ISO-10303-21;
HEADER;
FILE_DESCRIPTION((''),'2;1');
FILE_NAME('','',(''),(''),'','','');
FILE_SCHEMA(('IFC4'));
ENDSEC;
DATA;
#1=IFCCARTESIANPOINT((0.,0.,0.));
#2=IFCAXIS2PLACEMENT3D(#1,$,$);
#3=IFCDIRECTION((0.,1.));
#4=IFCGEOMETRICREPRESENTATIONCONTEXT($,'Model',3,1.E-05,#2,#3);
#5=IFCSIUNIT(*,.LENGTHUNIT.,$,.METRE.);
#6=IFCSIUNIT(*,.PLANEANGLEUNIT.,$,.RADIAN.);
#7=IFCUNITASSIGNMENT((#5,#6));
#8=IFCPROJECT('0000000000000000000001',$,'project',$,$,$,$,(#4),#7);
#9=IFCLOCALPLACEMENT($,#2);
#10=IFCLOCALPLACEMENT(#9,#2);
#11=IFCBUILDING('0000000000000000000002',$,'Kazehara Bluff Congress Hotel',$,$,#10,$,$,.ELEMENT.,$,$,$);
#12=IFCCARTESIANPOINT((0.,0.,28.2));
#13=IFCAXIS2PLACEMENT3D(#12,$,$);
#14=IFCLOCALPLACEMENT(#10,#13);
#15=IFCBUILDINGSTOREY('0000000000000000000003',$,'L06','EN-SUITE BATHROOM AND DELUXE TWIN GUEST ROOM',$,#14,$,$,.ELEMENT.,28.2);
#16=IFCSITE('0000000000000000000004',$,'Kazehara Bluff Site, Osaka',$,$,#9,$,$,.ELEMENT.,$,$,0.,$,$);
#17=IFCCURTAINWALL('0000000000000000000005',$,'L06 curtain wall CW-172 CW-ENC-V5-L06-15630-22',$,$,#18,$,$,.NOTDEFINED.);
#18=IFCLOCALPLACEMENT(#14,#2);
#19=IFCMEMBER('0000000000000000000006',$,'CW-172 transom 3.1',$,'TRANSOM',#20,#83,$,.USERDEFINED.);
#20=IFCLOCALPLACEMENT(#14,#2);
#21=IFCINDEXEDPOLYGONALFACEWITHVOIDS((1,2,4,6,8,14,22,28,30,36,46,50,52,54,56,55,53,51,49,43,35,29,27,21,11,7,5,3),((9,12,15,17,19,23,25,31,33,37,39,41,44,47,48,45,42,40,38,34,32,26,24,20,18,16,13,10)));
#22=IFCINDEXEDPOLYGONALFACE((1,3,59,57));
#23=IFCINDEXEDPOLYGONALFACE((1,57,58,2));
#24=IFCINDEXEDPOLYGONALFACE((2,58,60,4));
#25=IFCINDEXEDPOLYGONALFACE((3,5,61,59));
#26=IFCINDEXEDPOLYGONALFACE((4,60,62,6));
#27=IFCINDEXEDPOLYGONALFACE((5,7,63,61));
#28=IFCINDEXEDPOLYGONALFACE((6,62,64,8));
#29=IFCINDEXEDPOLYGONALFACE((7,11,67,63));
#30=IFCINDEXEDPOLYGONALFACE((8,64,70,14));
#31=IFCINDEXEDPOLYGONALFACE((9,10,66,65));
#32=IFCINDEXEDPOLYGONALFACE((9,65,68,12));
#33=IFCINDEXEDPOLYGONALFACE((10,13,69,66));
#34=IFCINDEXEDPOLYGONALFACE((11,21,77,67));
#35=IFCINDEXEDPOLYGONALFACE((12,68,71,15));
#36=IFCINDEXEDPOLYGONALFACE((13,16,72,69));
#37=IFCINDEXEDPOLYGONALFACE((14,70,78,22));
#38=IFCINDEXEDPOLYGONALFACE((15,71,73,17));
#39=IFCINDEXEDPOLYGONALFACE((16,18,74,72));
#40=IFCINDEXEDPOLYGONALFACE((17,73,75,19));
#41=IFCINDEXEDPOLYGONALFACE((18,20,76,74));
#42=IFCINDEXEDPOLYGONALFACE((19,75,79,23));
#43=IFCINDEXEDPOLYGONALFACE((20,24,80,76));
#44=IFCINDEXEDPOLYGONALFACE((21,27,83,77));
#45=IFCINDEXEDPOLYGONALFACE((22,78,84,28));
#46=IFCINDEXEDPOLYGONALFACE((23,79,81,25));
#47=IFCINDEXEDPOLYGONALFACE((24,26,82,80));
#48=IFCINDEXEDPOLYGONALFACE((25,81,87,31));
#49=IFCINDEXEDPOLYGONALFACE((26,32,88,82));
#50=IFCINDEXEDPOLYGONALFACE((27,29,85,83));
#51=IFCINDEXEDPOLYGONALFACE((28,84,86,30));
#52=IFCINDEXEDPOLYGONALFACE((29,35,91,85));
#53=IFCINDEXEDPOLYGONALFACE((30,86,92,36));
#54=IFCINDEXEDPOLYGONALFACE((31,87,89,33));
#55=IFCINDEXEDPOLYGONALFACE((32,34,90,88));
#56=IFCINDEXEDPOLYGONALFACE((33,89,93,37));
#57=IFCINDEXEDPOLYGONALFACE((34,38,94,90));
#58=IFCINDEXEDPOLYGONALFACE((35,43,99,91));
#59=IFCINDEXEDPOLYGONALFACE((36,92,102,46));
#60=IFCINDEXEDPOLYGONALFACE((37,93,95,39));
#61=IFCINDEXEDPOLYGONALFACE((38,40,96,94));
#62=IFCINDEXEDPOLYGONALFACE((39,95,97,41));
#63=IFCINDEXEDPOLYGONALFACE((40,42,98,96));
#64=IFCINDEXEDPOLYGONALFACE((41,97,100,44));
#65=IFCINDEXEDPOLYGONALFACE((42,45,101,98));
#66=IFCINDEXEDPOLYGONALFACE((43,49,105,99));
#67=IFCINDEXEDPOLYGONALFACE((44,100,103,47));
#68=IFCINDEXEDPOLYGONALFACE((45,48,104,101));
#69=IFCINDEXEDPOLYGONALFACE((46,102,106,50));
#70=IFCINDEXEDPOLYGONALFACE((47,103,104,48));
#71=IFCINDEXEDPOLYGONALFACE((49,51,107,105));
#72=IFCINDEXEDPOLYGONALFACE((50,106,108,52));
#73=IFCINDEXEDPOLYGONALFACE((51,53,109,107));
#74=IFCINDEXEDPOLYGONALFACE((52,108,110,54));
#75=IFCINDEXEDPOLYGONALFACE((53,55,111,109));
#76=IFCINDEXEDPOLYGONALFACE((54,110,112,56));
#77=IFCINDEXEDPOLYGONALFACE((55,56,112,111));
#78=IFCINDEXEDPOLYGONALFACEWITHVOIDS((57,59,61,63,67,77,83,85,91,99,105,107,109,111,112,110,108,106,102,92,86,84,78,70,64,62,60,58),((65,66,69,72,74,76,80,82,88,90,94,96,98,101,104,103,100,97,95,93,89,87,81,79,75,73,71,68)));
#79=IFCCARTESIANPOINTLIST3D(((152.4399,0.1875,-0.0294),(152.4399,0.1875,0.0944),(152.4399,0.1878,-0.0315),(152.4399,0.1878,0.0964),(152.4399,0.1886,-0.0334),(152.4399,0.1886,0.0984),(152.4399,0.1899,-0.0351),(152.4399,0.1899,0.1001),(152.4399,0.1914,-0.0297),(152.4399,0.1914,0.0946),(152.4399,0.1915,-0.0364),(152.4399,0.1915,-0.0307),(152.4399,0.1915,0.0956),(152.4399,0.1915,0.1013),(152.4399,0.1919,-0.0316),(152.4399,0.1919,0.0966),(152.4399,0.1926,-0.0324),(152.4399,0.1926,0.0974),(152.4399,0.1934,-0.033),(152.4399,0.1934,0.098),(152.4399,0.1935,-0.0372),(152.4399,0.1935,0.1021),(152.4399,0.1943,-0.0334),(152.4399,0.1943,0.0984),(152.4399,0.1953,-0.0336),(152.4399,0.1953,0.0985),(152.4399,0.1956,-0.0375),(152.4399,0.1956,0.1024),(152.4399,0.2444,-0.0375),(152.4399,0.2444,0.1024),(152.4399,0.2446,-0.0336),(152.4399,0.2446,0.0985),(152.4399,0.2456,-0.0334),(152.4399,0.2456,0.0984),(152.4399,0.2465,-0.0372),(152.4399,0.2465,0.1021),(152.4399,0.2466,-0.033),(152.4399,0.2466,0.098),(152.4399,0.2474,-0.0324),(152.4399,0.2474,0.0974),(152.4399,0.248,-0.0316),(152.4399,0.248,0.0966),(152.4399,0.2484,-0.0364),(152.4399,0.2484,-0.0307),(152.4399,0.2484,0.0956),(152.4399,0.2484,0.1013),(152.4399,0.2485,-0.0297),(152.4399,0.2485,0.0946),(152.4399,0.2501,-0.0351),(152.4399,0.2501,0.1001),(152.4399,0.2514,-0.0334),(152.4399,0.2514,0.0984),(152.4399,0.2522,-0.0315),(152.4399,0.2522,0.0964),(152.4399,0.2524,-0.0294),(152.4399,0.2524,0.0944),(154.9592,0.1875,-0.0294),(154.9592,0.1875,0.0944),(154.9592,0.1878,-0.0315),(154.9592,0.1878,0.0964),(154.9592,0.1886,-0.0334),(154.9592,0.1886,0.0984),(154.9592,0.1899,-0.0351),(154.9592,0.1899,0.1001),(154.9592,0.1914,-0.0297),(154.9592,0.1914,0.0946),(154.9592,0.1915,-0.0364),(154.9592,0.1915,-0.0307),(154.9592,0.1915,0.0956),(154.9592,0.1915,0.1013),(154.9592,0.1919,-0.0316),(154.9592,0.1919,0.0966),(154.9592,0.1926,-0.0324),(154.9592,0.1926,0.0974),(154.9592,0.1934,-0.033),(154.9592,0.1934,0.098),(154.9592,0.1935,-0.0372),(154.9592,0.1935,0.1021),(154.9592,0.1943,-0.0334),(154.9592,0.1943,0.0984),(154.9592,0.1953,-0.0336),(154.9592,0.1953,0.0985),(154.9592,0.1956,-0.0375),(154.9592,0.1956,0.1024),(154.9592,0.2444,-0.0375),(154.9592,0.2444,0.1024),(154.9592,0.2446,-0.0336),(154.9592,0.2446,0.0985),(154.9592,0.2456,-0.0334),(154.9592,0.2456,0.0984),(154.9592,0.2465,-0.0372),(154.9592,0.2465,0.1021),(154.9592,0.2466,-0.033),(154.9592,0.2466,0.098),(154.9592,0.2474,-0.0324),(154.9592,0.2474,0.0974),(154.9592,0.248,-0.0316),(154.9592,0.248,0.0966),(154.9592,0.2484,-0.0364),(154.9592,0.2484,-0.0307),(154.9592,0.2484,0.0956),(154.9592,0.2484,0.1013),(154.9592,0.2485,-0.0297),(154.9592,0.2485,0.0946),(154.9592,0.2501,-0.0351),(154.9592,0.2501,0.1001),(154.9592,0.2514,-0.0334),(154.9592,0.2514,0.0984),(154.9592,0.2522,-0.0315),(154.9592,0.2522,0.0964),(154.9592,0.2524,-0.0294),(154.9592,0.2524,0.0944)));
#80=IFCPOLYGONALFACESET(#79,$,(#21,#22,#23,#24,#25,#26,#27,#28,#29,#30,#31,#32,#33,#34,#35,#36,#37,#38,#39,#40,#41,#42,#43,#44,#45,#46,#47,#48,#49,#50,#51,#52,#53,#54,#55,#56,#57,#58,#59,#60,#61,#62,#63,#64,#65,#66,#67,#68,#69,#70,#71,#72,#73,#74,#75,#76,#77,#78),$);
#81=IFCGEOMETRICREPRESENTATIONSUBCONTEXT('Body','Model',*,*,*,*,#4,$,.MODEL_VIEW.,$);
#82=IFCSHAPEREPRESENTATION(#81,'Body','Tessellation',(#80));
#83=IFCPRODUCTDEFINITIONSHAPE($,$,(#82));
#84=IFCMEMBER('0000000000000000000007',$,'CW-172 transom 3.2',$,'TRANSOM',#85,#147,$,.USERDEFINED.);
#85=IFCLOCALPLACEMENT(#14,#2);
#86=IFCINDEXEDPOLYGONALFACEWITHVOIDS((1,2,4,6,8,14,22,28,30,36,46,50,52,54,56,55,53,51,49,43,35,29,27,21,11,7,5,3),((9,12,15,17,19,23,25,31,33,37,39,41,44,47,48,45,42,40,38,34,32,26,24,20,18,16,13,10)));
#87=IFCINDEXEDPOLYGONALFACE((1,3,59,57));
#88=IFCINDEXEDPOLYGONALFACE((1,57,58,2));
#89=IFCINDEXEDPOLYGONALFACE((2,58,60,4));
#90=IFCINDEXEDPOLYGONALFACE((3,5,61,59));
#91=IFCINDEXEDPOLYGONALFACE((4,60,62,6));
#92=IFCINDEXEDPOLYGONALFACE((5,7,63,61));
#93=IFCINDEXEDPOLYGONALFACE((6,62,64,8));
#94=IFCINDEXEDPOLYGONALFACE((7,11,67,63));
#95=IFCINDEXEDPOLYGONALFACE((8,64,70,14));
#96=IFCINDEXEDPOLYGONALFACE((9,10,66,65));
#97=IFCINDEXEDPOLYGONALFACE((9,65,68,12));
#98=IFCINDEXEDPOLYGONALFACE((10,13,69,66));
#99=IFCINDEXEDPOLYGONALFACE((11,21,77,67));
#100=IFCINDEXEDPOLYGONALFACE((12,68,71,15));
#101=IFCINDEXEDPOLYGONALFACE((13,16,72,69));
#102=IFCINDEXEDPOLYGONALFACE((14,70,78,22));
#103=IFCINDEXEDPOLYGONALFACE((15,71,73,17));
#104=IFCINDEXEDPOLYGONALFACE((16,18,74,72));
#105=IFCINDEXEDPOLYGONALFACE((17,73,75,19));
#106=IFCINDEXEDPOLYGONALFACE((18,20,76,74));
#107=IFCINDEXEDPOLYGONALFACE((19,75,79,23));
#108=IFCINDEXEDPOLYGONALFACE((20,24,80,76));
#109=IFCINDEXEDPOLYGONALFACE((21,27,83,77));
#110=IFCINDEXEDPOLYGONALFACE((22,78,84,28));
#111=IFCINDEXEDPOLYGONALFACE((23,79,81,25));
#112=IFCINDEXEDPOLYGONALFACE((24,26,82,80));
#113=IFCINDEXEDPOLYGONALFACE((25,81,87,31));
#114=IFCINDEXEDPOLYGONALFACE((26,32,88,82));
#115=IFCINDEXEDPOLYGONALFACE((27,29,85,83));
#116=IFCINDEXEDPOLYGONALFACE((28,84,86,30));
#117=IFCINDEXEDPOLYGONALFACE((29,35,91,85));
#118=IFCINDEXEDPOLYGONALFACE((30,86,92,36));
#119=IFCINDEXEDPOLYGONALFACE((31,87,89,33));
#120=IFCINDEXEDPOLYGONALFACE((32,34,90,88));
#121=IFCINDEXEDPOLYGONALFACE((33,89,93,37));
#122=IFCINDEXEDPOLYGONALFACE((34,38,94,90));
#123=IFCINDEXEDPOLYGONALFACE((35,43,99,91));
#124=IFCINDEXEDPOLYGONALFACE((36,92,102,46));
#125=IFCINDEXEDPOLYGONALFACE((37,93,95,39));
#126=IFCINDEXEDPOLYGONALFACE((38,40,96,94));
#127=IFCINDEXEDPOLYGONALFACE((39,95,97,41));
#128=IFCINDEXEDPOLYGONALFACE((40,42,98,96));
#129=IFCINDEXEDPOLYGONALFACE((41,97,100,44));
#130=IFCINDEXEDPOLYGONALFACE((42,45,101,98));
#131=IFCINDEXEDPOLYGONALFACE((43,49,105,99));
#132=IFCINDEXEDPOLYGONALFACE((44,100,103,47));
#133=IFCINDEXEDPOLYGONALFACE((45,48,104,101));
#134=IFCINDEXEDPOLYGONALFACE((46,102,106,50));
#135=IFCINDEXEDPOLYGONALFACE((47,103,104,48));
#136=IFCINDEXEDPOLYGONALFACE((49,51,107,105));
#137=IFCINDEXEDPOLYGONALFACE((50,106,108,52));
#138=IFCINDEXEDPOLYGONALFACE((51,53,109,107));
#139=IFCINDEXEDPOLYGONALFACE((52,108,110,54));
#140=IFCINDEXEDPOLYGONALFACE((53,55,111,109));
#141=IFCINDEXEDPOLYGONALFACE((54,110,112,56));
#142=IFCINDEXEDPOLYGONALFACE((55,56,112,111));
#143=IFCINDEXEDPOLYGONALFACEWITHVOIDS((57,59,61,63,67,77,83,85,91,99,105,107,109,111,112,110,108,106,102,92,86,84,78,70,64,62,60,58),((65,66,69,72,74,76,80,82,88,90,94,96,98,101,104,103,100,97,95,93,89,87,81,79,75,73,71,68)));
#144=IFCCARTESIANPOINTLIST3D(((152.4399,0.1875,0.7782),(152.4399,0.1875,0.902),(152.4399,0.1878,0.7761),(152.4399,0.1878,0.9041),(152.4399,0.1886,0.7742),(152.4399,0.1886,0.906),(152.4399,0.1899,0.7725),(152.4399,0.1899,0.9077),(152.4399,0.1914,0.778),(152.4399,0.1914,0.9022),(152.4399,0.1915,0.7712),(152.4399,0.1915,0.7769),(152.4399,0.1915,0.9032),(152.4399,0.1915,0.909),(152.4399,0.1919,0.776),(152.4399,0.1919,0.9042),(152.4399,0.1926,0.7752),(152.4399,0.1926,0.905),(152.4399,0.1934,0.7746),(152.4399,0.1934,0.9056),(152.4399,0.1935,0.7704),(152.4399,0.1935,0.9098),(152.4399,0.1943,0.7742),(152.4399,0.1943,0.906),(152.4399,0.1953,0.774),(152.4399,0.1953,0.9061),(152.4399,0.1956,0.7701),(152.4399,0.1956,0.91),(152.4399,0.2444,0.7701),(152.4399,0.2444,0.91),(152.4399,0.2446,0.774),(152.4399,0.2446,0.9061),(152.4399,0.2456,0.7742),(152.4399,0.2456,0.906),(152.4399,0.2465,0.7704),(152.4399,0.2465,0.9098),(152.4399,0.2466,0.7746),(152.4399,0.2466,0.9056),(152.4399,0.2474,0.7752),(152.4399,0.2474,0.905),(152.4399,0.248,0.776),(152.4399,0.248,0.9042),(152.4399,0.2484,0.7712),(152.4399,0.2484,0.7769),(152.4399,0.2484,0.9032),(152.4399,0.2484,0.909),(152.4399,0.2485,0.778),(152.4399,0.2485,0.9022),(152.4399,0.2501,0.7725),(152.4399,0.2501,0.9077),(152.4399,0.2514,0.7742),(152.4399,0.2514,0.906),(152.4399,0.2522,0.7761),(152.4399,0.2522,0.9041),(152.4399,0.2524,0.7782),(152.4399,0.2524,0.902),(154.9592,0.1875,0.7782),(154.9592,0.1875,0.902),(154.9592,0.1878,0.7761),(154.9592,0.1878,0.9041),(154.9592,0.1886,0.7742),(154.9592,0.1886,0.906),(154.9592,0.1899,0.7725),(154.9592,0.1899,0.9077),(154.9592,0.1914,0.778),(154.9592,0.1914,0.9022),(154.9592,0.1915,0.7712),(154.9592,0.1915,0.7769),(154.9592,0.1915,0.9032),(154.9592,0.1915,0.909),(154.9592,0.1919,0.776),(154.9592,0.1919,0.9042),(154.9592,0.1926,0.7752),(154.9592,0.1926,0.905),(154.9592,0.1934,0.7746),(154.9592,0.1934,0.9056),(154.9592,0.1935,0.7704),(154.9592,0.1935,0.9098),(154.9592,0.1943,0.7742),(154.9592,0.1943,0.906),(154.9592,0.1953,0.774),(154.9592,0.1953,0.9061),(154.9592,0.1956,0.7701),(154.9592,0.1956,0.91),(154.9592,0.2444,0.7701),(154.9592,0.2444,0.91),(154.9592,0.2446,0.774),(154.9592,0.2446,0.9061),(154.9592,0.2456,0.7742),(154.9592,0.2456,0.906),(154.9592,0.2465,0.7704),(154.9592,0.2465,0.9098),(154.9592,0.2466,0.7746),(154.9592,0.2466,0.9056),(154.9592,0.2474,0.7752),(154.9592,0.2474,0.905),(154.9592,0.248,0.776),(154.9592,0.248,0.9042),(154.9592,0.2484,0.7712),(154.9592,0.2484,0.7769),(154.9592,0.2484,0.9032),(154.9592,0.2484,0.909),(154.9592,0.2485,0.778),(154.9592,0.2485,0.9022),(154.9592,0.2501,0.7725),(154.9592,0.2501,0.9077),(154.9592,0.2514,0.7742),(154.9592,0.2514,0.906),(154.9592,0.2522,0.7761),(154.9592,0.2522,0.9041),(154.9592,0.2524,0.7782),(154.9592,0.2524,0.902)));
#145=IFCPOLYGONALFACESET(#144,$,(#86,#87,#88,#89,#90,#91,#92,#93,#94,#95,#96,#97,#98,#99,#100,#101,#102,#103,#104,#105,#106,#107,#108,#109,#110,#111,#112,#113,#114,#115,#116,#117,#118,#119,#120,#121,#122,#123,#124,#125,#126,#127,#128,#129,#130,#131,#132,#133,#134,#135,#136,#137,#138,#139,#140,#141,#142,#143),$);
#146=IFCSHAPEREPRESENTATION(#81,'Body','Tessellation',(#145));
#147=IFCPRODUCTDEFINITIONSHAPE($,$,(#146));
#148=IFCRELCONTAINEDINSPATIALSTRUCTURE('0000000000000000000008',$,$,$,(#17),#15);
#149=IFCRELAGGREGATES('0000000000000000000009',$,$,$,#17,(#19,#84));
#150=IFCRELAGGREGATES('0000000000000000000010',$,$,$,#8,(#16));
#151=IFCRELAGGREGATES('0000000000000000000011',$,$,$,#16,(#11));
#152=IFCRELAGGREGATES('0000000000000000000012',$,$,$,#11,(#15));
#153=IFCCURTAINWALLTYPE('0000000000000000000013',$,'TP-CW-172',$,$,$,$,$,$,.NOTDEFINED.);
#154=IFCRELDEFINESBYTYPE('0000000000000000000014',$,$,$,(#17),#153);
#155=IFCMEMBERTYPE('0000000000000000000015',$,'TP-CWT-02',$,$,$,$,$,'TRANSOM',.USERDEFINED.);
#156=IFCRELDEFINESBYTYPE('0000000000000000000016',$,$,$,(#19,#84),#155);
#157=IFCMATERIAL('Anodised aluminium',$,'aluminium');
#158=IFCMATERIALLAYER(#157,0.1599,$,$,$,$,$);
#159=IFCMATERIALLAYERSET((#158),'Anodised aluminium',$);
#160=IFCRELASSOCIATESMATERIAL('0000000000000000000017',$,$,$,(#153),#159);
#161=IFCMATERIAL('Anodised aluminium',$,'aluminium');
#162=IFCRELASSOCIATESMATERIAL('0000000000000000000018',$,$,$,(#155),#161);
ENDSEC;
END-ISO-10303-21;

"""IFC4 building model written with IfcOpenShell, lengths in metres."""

from ifc_helpers import new_model, si_unit, direction, frame, origin, origin_2d, place, context, subcontext, project, spatial, hollow_rectangle, extrude, material, layer, layer_set, material_profile, profile_set, type_object, element, aggregate, save


model = new_model("IFC4")

# Units and contexts
model_context = context("Model", 3, precision=1e-05, world=origin(), true_north=direction((0.0, 1.0)))
body_context = subcontext(model_context, "Body", "Model", "MODEL_VIEW")
ifc_project = project(units=[si_unit("LENGTHUNIT", "METRE"), si_unit("PLANEANGLEUNIT", "RADIAN")], contexts=[model_context])

# Site, building, storey
site_placement = place(None, origin())
site = spatial("IfcSite", under=ifc_project, at=site_placement, Name="Kazehara Bluff Site, Osaka", CompositionType="ELEMENT", RefElevation=0.0)
building_placement = place(site_placement, origin())
building = spatial("IfcBuilding", under=site, at=building_placement, Name="Kazehara Bluff Congress Hotel", CompositionType="ELEMENT")
storey_placement = place(building_placement, frame((0.0, 0.0, 28.2)))
storey = spatial("IfcBuildingStorey", under=building, at=storey_placement, Name="L06", Description="EN-SUITE BATHROOM AND DELUXE TWIN GUEST ROOM", CompositionType="ELEMENT", Elevation=28.2)

# Curtain wall, members
ifc_material_1 = material(Name="Anodised aluminium", Category="aluminium")
ifc_layer_1 = layer(ifc_material_1, 0.1599)
ifc_layer_set_1 = layer_set([ifc_layer_1], Name="Anodised aluminium")
curtain_wall_type = type_object("IfcCurtainWallType", Name="TP-CW-172", PredefinedType="NOTDEFINED", material=ifc_layer_set_1)
curtain_wall_placement = place(storey_placement, origin())
curtain_wall = element("IfcCurtainWall", 1, at=curtain_wall_placement, inside=storey, type_object=curtain_wall_type, Name="L06 curtain wall CW-172 CW-ENC-V5-L06-15630-22", PredefinedType="NOTDEFINED")
ifc_material_2 = material(Name="Anodised aluminium", Category="aluminium")
ifc_material_profile_1 = material_profile(ifc_material_2, hollow_rectangle(XDim=0.0649, YDim=0.1399, WallThickness=0.0039, InnerFilletRadius=0.0039, OuterFilletRadius=0.0081, at=origin_2d()))
ifc_profile_set_1 = profile_set([ifc_material_profile_1], Name="Anodised aluminium")
member_type_1 = type_object("IfcMemberType", Name="TP-CWT-02", ElementType="TRANSOM", PredefinedType="USERDEFINED", material=ifc_profile_set_1)
member_1_placement = place(storey_placement, frame((154.9592, 0.22, 0.0325), z_axis=(-1.0, 0.0, 0.0), x_axis=(0.0, -1.0, 0.0)))
member_1 = element("IfcMember", 2, at=member_1_placement, type_object=member_type_1, Name="CW-172 transom 3.1", ObjectType="TRANSOM", PredefinedType="USERDEFINED", context=body_context, shape_type="SweptSolid", body=[
    extrude(hollow_rectangle(XDim=0.0649, YDim=0.1399, WallThickness=0.0039, InnerFilletRadius=0.0039, OuterFilletRadius=0.0081, at=origin_2d()), origin(), (0.0, 0.0, 1.0), 2.5193),
])
member_2_placement = place(storey_placement, frame((154.9592, 0.22, 0.8401), z_axis=(-1.0, 0.0, 0.0), x_axis=(0.0, -1.0, 0.0)))
member_2 = element("IfcMember", 3, at=member_2_placement, type_object=member_type_1, Name="CW-172 transom 3.2", ObjectType="TRANSOM", PredefinedType="USERDEFINED", context=body_context, shape_type="SweptSolid", body=[
    extrude(hollow_rectangle(XDim=0.0649, YDim=0.1399, WallThickness=0.0039, InnerFilletRadius=0.0039, OuterFilletRadius=0.0081, at=origin_2d()), origin(), (0.0, 0.0, 1.0), 2.5193),
])
aggregate(curtain_wall, [member_1, member_2])

save(model, "model.ifc")
